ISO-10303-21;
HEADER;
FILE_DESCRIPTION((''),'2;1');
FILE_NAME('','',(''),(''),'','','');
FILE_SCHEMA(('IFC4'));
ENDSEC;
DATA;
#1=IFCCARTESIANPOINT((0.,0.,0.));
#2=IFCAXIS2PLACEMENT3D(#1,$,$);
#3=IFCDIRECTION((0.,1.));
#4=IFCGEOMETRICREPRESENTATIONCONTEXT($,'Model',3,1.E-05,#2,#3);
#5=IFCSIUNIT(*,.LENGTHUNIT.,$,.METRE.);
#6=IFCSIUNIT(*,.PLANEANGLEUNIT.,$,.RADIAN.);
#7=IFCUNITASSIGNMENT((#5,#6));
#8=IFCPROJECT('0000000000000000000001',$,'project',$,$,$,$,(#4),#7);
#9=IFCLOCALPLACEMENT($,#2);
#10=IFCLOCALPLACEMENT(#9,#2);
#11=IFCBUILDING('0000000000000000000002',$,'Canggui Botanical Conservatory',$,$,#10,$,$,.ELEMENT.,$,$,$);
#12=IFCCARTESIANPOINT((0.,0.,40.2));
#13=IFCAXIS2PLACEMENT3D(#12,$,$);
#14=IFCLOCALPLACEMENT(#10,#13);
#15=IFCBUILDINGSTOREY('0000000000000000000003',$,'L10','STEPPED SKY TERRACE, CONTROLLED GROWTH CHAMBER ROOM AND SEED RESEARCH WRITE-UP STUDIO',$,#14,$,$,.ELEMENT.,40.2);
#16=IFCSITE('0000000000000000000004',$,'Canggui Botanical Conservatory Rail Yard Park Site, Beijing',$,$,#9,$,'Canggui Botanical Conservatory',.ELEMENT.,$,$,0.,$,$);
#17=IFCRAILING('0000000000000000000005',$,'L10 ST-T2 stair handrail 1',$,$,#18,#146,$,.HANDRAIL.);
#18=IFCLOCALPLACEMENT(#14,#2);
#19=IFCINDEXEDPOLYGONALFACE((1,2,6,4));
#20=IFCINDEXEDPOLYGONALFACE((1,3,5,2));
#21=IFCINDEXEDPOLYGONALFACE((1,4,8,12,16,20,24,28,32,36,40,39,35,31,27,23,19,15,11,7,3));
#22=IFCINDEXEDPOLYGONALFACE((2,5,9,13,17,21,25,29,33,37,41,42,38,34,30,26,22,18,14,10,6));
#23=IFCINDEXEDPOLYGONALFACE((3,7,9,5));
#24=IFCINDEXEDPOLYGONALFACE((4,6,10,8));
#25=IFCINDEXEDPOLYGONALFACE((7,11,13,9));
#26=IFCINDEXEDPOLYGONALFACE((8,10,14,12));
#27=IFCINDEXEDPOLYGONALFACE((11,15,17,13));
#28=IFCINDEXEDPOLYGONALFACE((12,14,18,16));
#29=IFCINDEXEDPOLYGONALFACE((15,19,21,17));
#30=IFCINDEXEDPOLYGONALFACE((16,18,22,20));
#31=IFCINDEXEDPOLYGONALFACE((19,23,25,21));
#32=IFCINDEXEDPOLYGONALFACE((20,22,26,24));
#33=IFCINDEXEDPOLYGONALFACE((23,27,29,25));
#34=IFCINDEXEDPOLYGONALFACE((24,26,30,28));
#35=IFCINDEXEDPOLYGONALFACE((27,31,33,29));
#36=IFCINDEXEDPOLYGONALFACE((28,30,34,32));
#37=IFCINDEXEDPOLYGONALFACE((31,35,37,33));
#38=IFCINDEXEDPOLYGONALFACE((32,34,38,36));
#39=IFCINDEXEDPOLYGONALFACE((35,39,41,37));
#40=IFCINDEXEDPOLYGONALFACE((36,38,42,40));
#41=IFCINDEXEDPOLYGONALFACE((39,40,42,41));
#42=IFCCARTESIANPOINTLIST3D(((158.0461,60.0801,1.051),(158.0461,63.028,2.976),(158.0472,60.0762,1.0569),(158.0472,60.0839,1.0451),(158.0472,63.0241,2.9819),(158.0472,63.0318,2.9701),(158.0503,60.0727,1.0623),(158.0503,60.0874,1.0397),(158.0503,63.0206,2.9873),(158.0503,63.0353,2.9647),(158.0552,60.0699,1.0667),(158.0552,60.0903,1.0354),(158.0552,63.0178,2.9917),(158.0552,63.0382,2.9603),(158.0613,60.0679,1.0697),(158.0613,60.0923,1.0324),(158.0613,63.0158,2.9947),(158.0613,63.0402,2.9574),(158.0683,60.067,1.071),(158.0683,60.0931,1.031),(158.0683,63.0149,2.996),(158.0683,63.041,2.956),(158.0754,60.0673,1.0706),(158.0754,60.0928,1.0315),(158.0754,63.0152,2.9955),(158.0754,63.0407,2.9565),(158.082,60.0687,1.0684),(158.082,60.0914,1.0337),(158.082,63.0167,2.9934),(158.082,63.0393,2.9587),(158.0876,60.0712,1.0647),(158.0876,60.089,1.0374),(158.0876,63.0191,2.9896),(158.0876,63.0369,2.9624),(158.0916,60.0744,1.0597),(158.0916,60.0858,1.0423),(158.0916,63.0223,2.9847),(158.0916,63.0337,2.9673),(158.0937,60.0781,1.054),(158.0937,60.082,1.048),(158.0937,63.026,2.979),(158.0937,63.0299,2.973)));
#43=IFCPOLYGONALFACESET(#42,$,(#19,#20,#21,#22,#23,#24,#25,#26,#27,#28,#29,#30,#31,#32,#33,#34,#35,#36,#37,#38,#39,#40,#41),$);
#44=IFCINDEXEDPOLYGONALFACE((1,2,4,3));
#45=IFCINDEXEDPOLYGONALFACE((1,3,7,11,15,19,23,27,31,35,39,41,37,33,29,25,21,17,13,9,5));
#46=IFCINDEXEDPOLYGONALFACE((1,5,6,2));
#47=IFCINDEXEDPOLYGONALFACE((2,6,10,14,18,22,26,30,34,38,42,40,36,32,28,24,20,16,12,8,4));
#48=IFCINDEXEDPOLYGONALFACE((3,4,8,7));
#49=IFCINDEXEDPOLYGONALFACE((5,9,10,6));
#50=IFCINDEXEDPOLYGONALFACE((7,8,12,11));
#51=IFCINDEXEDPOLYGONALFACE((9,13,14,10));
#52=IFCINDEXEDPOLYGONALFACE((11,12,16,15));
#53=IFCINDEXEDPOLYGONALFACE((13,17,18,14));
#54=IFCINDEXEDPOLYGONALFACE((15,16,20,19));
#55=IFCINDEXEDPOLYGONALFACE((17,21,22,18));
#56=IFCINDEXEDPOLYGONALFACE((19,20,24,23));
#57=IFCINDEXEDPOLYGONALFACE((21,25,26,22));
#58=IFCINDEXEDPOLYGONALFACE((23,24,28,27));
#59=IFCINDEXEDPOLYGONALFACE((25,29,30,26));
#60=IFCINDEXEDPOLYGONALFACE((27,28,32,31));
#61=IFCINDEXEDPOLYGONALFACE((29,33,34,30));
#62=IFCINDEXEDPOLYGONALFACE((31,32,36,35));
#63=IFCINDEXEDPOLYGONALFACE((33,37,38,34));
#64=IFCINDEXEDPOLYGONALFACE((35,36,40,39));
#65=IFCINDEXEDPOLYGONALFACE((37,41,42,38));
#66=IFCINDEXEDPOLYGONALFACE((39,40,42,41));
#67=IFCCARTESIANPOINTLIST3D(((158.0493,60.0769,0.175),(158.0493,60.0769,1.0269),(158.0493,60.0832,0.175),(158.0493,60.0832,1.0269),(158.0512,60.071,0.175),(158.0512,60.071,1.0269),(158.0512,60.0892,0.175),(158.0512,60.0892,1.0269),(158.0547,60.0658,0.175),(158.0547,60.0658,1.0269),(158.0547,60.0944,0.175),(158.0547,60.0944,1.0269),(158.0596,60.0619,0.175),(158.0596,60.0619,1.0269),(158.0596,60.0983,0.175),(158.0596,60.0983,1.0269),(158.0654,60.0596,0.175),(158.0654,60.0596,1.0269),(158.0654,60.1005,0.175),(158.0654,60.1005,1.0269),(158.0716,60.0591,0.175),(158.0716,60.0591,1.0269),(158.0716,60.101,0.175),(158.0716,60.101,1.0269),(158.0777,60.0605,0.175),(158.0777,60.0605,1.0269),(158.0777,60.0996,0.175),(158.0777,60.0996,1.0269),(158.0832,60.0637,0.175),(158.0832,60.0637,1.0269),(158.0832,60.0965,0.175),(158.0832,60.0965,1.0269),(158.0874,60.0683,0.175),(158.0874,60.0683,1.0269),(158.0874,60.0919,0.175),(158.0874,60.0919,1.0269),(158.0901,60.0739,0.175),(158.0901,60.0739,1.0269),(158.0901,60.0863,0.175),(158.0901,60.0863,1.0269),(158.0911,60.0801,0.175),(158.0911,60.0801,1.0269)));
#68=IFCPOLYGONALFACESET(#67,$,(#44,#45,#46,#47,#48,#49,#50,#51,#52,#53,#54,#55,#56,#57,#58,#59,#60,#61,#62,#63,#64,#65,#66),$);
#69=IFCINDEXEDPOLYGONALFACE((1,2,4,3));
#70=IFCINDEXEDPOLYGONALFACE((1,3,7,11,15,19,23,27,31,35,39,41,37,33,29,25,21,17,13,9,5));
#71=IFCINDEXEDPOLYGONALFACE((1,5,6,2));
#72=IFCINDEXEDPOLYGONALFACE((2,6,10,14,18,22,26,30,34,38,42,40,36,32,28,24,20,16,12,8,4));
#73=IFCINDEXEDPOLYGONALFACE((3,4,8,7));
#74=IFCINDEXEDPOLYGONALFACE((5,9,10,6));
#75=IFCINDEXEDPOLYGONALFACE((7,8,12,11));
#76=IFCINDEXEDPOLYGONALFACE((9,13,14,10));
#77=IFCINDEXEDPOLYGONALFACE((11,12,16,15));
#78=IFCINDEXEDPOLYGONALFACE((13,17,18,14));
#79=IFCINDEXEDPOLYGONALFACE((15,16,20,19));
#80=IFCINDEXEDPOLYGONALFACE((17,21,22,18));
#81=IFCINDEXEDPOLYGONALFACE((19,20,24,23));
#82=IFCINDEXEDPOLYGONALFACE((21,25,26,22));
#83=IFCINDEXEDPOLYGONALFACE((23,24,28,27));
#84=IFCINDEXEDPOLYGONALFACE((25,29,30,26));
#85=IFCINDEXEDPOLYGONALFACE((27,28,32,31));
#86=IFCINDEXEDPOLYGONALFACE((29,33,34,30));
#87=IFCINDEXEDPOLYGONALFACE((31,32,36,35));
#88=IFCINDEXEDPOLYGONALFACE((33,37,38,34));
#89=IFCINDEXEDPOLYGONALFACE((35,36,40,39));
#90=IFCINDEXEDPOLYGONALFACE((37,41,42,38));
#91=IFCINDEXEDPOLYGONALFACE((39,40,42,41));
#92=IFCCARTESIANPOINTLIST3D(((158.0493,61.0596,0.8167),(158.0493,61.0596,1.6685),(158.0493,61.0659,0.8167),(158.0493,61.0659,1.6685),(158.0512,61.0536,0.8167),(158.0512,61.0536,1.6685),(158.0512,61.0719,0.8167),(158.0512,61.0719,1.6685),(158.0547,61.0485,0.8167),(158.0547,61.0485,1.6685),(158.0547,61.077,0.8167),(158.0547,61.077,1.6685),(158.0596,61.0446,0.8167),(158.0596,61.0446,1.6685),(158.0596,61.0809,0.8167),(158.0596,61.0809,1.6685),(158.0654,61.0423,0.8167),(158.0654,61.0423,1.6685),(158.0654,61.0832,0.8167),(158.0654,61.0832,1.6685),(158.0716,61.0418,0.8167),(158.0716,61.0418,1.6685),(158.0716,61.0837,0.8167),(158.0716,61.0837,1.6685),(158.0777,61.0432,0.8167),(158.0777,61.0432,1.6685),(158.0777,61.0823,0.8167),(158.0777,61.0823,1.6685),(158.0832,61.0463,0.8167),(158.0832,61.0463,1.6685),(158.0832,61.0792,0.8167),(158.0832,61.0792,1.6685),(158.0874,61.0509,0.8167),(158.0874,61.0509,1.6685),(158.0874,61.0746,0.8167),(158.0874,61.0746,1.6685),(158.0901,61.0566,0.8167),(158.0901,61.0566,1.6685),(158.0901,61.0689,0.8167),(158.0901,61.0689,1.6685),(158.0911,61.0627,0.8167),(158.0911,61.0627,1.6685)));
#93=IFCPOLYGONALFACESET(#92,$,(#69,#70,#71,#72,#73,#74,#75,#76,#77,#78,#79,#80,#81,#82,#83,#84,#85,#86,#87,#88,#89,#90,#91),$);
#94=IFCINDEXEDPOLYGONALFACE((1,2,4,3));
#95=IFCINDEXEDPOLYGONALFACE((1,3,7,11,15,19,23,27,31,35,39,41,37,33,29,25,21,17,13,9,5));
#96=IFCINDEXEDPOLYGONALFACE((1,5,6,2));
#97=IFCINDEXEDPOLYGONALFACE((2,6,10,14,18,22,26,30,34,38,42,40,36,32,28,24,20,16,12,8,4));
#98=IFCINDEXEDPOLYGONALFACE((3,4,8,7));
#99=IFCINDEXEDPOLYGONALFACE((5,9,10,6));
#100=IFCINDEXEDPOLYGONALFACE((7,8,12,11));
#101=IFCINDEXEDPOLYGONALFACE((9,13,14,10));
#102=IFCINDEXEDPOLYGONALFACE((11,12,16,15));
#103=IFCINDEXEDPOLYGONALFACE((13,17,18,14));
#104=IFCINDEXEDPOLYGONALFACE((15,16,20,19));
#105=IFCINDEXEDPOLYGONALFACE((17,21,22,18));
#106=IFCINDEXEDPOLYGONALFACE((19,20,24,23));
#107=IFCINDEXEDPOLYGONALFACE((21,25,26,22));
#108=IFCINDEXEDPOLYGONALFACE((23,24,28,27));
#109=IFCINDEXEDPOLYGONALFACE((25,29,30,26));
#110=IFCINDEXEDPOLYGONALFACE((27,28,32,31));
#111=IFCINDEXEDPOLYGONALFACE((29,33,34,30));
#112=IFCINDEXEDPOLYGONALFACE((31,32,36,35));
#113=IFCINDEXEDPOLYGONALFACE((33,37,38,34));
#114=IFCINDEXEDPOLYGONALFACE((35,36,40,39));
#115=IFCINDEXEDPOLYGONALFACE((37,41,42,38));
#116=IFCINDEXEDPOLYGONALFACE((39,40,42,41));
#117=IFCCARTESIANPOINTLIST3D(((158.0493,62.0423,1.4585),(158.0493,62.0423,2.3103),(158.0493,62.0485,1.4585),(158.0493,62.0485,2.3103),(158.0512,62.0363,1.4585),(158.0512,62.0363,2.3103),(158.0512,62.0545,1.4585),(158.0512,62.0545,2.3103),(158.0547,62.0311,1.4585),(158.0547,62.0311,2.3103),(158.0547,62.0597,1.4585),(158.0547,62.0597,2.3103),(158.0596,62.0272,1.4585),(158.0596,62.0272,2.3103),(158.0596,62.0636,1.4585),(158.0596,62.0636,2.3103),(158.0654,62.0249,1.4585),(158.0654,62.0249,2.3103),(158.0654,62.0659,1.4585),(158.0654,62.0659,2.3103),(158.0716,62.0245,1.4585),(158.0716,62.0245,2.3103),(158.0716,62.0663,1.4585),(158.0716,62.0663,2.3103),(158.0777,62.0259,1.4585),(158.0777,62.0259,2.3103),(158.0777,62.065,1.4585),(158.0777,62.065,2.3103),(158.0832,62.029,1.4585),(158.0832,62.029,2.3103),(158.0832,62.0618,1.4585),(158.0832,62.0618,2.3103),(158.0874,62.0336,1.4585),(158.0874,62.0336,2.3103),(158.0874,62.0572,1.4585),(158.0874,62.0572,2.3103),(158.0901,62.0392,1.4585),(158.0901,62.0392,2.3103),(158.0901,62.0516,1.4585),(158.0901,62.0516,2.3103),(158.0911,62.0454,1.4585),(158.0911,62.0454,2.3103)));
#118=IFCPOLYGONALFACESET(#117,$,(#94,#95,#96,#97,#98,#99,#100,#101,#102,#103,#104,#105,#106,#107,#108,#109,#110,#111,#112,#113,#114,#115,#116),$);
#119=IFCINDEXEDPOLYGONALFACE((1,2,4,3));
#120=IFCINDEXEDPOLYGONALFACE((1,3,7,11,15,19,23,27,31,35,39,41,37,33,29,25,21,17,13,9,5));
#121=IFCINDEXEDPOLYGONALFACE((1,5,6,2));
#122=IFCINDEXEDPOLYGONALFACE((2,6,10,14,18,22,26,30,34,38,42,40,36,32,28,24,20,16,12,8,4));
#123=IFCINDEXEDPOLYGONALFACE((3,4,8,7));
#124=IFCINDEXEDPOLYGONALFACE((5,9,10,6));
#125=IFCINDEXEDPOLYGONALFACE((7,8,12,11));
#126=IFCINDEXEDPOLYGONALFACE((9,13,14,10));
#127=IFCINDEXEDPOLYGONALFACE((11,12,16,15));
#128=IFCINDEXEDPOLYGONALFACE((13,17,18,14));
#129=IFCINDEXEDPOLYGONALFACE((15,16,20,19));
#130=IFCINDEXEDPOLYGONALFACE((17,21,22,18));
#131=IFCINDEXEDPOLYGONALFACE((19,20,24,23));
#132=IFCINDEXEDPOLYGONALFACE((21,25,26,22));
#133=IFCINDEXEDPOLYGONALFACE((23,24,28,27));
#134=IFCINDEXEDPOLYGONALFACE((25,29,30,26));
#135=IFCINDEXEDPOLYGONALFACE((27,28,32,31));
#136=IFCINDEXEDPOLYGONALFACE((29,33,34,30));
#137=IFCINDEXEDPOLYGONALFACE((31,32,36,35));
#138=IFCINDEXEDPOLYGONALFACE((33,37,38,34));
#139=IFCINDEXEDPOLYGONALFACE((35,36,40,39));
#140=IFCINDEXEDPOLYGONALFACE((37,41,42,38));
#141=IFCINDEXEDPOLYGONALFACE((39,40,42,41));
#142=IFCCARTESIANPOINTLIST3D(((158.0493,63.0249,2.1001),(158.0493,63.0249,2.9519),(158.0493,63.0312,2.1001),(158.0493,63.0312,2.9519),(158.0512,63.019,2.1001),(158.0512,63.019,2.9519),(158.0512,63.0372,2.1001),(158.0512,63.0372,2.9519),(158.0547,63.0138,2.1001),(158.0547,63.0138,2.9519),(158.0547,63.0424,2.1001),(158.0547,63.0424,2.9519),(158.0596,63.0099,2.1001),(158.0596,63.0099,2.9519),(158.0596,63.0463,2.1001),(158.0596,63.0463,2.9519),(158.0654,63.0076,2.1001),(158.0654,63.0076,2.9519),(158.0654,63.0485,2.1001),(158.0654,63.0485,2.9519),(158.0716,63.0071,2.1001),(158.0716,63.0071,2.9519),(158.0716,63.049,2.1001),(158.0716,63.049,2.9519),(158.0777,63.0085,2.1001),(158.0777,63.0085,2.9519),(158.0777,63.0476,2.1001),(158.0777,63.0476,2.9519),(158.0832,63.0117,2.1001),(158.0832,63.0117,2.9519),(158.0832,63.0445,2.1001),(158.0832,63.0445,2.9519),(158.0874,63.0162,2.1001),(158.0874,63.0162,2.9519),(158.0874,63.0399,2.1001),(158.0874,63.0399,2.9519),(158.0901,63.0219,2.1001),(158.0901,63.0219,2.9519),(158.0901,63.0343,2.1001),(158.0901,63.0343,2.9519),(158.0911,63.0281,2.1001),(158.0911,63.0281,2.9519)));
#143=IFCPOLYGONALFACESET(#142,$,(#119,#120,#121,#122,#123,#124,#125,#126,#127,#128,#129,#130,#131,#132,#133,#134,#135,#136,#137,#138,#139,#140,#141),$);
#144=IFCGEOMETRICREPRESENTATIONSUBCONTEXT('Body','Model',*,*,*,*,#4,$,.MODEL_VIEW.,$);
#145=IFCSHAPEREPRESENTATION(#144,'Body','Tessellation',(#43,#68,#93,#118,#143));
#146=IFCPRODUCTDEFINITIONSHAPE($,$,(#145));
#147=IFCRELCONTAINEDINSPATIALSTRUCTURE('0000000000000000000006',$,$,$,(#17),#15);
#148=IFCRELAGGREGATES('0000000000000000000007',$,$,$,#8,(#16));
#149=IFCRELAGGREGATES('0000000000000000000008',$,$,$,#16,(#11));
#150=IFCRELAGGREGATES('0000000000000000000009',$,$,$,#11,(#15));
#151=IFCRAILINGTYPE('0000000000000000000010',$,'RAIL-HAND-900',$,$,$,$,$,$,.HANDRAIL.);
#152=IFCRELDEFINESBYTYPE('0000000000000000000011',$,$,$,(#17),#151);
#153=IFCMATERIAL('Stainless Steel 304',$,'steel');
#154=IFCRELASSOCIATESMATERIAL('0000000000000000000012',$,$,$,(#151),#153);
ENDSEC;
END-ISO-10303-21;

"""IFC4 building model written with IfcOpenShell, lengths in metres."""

from ifc_helpers import new_model, si_unit, direction, frame, origin, origin_2d, place, context, subcontext, project, spatial, circle, extrude, material, type_object, element, save


model = new_model("IFC4")

# Units and contexts
model_context = context("Model", 3, precision=1e-05, world=origin(), true_north=direction((0.0, 1.0)))
body_context = subcontext(model_context, "Body", "Model", "MODEL_VIEW")
ifc_project = project(units=[si_unit("LENGTHUNIT", "METRE"), si_unit("PLANEANGLEUNIT", "RADIAN")], contexts=[model_context])

# Site, building, storey
site_placement = place(None, origin())
site = spatial("IfcSite", under=ifc_project, at=site_placement, Name="Canggui Botanical Conservatory Rail Yard Park Site, Beijing", LongName="Canggui Botanical Conservatory", CompositionType="ELEMENT", RefElevation=0.0)
building_placement = place(site_placement, origin())
building = spatial("IfcBuilding", under=site, at=building_placement, Name="Canggui Botanical Conservatory", CompositionType="ELEMENT")
storey_placement = place(building_placement, frame((0.0, 0.0, 40.2)))
storey = spatial("IfcBuildingStorey", under=building, at=storey_placement, Name="L10", Description="STEPPED SKY TERRACE, CONTROLLED GROWTH CHAMBER ROOM AND SEED RESEARCH WRITE-UP STUDIO", CompositionType="ELEMENT", Elevation=40.2)

# Railing
ifc_material_1 = material(Name="Stainless Steel 304", Category="steel")
railing_type_1 = type_object("IfcRailingType", Name="RAIL-HAND-900", PredefinedType="HANDRAIL", material=ifc_material_1)
railing_1_placement = place(storey_placement, frame((158.0701, 60.0801, 0.175)))
element("IfcRailing", 1, at=railing_1_placement, inside=storey, type_object=railing_type_1, Name="L10 ST-T2 stair handrail 1", PredefinedType="HANDRAIL", context=body_context, shape_type="SweptSolid", body=[
    extrude(circle(Radius=0.0239, at=origin_2d()), frame((0.0, 0.0, 0.876), z_axis=(0.0, 0.837293, 0.546754), x_axis=(-1.0, 0.0, 0.0)), (0.0, 0.0, 1.0), 3.5208),
    extrude(circle(Radius=0.021, at=origin_2d()), origin(), (0.0, 0.0, 1.0), 0.8518),
    extrude(circle(Radius=0.021, at=origin_2d()), frame((0.0, 0.9827, 0.6416)), (0.0, 0.0, 1.0), 0.8518),
    extrude(circle(Radius=0.021, at=origin_2d()), frame((0.0, 1.9653, 1.2834)), (0.0, 0.0, 1.0), 0.8518),
    extrude(circle(Radius=0.021, at=origin_2d()), frame((0.0, 2.948, 1.925)), (0.0, 0.0, 1.0), 0.8518),
])

save(model, "model.ifc")
